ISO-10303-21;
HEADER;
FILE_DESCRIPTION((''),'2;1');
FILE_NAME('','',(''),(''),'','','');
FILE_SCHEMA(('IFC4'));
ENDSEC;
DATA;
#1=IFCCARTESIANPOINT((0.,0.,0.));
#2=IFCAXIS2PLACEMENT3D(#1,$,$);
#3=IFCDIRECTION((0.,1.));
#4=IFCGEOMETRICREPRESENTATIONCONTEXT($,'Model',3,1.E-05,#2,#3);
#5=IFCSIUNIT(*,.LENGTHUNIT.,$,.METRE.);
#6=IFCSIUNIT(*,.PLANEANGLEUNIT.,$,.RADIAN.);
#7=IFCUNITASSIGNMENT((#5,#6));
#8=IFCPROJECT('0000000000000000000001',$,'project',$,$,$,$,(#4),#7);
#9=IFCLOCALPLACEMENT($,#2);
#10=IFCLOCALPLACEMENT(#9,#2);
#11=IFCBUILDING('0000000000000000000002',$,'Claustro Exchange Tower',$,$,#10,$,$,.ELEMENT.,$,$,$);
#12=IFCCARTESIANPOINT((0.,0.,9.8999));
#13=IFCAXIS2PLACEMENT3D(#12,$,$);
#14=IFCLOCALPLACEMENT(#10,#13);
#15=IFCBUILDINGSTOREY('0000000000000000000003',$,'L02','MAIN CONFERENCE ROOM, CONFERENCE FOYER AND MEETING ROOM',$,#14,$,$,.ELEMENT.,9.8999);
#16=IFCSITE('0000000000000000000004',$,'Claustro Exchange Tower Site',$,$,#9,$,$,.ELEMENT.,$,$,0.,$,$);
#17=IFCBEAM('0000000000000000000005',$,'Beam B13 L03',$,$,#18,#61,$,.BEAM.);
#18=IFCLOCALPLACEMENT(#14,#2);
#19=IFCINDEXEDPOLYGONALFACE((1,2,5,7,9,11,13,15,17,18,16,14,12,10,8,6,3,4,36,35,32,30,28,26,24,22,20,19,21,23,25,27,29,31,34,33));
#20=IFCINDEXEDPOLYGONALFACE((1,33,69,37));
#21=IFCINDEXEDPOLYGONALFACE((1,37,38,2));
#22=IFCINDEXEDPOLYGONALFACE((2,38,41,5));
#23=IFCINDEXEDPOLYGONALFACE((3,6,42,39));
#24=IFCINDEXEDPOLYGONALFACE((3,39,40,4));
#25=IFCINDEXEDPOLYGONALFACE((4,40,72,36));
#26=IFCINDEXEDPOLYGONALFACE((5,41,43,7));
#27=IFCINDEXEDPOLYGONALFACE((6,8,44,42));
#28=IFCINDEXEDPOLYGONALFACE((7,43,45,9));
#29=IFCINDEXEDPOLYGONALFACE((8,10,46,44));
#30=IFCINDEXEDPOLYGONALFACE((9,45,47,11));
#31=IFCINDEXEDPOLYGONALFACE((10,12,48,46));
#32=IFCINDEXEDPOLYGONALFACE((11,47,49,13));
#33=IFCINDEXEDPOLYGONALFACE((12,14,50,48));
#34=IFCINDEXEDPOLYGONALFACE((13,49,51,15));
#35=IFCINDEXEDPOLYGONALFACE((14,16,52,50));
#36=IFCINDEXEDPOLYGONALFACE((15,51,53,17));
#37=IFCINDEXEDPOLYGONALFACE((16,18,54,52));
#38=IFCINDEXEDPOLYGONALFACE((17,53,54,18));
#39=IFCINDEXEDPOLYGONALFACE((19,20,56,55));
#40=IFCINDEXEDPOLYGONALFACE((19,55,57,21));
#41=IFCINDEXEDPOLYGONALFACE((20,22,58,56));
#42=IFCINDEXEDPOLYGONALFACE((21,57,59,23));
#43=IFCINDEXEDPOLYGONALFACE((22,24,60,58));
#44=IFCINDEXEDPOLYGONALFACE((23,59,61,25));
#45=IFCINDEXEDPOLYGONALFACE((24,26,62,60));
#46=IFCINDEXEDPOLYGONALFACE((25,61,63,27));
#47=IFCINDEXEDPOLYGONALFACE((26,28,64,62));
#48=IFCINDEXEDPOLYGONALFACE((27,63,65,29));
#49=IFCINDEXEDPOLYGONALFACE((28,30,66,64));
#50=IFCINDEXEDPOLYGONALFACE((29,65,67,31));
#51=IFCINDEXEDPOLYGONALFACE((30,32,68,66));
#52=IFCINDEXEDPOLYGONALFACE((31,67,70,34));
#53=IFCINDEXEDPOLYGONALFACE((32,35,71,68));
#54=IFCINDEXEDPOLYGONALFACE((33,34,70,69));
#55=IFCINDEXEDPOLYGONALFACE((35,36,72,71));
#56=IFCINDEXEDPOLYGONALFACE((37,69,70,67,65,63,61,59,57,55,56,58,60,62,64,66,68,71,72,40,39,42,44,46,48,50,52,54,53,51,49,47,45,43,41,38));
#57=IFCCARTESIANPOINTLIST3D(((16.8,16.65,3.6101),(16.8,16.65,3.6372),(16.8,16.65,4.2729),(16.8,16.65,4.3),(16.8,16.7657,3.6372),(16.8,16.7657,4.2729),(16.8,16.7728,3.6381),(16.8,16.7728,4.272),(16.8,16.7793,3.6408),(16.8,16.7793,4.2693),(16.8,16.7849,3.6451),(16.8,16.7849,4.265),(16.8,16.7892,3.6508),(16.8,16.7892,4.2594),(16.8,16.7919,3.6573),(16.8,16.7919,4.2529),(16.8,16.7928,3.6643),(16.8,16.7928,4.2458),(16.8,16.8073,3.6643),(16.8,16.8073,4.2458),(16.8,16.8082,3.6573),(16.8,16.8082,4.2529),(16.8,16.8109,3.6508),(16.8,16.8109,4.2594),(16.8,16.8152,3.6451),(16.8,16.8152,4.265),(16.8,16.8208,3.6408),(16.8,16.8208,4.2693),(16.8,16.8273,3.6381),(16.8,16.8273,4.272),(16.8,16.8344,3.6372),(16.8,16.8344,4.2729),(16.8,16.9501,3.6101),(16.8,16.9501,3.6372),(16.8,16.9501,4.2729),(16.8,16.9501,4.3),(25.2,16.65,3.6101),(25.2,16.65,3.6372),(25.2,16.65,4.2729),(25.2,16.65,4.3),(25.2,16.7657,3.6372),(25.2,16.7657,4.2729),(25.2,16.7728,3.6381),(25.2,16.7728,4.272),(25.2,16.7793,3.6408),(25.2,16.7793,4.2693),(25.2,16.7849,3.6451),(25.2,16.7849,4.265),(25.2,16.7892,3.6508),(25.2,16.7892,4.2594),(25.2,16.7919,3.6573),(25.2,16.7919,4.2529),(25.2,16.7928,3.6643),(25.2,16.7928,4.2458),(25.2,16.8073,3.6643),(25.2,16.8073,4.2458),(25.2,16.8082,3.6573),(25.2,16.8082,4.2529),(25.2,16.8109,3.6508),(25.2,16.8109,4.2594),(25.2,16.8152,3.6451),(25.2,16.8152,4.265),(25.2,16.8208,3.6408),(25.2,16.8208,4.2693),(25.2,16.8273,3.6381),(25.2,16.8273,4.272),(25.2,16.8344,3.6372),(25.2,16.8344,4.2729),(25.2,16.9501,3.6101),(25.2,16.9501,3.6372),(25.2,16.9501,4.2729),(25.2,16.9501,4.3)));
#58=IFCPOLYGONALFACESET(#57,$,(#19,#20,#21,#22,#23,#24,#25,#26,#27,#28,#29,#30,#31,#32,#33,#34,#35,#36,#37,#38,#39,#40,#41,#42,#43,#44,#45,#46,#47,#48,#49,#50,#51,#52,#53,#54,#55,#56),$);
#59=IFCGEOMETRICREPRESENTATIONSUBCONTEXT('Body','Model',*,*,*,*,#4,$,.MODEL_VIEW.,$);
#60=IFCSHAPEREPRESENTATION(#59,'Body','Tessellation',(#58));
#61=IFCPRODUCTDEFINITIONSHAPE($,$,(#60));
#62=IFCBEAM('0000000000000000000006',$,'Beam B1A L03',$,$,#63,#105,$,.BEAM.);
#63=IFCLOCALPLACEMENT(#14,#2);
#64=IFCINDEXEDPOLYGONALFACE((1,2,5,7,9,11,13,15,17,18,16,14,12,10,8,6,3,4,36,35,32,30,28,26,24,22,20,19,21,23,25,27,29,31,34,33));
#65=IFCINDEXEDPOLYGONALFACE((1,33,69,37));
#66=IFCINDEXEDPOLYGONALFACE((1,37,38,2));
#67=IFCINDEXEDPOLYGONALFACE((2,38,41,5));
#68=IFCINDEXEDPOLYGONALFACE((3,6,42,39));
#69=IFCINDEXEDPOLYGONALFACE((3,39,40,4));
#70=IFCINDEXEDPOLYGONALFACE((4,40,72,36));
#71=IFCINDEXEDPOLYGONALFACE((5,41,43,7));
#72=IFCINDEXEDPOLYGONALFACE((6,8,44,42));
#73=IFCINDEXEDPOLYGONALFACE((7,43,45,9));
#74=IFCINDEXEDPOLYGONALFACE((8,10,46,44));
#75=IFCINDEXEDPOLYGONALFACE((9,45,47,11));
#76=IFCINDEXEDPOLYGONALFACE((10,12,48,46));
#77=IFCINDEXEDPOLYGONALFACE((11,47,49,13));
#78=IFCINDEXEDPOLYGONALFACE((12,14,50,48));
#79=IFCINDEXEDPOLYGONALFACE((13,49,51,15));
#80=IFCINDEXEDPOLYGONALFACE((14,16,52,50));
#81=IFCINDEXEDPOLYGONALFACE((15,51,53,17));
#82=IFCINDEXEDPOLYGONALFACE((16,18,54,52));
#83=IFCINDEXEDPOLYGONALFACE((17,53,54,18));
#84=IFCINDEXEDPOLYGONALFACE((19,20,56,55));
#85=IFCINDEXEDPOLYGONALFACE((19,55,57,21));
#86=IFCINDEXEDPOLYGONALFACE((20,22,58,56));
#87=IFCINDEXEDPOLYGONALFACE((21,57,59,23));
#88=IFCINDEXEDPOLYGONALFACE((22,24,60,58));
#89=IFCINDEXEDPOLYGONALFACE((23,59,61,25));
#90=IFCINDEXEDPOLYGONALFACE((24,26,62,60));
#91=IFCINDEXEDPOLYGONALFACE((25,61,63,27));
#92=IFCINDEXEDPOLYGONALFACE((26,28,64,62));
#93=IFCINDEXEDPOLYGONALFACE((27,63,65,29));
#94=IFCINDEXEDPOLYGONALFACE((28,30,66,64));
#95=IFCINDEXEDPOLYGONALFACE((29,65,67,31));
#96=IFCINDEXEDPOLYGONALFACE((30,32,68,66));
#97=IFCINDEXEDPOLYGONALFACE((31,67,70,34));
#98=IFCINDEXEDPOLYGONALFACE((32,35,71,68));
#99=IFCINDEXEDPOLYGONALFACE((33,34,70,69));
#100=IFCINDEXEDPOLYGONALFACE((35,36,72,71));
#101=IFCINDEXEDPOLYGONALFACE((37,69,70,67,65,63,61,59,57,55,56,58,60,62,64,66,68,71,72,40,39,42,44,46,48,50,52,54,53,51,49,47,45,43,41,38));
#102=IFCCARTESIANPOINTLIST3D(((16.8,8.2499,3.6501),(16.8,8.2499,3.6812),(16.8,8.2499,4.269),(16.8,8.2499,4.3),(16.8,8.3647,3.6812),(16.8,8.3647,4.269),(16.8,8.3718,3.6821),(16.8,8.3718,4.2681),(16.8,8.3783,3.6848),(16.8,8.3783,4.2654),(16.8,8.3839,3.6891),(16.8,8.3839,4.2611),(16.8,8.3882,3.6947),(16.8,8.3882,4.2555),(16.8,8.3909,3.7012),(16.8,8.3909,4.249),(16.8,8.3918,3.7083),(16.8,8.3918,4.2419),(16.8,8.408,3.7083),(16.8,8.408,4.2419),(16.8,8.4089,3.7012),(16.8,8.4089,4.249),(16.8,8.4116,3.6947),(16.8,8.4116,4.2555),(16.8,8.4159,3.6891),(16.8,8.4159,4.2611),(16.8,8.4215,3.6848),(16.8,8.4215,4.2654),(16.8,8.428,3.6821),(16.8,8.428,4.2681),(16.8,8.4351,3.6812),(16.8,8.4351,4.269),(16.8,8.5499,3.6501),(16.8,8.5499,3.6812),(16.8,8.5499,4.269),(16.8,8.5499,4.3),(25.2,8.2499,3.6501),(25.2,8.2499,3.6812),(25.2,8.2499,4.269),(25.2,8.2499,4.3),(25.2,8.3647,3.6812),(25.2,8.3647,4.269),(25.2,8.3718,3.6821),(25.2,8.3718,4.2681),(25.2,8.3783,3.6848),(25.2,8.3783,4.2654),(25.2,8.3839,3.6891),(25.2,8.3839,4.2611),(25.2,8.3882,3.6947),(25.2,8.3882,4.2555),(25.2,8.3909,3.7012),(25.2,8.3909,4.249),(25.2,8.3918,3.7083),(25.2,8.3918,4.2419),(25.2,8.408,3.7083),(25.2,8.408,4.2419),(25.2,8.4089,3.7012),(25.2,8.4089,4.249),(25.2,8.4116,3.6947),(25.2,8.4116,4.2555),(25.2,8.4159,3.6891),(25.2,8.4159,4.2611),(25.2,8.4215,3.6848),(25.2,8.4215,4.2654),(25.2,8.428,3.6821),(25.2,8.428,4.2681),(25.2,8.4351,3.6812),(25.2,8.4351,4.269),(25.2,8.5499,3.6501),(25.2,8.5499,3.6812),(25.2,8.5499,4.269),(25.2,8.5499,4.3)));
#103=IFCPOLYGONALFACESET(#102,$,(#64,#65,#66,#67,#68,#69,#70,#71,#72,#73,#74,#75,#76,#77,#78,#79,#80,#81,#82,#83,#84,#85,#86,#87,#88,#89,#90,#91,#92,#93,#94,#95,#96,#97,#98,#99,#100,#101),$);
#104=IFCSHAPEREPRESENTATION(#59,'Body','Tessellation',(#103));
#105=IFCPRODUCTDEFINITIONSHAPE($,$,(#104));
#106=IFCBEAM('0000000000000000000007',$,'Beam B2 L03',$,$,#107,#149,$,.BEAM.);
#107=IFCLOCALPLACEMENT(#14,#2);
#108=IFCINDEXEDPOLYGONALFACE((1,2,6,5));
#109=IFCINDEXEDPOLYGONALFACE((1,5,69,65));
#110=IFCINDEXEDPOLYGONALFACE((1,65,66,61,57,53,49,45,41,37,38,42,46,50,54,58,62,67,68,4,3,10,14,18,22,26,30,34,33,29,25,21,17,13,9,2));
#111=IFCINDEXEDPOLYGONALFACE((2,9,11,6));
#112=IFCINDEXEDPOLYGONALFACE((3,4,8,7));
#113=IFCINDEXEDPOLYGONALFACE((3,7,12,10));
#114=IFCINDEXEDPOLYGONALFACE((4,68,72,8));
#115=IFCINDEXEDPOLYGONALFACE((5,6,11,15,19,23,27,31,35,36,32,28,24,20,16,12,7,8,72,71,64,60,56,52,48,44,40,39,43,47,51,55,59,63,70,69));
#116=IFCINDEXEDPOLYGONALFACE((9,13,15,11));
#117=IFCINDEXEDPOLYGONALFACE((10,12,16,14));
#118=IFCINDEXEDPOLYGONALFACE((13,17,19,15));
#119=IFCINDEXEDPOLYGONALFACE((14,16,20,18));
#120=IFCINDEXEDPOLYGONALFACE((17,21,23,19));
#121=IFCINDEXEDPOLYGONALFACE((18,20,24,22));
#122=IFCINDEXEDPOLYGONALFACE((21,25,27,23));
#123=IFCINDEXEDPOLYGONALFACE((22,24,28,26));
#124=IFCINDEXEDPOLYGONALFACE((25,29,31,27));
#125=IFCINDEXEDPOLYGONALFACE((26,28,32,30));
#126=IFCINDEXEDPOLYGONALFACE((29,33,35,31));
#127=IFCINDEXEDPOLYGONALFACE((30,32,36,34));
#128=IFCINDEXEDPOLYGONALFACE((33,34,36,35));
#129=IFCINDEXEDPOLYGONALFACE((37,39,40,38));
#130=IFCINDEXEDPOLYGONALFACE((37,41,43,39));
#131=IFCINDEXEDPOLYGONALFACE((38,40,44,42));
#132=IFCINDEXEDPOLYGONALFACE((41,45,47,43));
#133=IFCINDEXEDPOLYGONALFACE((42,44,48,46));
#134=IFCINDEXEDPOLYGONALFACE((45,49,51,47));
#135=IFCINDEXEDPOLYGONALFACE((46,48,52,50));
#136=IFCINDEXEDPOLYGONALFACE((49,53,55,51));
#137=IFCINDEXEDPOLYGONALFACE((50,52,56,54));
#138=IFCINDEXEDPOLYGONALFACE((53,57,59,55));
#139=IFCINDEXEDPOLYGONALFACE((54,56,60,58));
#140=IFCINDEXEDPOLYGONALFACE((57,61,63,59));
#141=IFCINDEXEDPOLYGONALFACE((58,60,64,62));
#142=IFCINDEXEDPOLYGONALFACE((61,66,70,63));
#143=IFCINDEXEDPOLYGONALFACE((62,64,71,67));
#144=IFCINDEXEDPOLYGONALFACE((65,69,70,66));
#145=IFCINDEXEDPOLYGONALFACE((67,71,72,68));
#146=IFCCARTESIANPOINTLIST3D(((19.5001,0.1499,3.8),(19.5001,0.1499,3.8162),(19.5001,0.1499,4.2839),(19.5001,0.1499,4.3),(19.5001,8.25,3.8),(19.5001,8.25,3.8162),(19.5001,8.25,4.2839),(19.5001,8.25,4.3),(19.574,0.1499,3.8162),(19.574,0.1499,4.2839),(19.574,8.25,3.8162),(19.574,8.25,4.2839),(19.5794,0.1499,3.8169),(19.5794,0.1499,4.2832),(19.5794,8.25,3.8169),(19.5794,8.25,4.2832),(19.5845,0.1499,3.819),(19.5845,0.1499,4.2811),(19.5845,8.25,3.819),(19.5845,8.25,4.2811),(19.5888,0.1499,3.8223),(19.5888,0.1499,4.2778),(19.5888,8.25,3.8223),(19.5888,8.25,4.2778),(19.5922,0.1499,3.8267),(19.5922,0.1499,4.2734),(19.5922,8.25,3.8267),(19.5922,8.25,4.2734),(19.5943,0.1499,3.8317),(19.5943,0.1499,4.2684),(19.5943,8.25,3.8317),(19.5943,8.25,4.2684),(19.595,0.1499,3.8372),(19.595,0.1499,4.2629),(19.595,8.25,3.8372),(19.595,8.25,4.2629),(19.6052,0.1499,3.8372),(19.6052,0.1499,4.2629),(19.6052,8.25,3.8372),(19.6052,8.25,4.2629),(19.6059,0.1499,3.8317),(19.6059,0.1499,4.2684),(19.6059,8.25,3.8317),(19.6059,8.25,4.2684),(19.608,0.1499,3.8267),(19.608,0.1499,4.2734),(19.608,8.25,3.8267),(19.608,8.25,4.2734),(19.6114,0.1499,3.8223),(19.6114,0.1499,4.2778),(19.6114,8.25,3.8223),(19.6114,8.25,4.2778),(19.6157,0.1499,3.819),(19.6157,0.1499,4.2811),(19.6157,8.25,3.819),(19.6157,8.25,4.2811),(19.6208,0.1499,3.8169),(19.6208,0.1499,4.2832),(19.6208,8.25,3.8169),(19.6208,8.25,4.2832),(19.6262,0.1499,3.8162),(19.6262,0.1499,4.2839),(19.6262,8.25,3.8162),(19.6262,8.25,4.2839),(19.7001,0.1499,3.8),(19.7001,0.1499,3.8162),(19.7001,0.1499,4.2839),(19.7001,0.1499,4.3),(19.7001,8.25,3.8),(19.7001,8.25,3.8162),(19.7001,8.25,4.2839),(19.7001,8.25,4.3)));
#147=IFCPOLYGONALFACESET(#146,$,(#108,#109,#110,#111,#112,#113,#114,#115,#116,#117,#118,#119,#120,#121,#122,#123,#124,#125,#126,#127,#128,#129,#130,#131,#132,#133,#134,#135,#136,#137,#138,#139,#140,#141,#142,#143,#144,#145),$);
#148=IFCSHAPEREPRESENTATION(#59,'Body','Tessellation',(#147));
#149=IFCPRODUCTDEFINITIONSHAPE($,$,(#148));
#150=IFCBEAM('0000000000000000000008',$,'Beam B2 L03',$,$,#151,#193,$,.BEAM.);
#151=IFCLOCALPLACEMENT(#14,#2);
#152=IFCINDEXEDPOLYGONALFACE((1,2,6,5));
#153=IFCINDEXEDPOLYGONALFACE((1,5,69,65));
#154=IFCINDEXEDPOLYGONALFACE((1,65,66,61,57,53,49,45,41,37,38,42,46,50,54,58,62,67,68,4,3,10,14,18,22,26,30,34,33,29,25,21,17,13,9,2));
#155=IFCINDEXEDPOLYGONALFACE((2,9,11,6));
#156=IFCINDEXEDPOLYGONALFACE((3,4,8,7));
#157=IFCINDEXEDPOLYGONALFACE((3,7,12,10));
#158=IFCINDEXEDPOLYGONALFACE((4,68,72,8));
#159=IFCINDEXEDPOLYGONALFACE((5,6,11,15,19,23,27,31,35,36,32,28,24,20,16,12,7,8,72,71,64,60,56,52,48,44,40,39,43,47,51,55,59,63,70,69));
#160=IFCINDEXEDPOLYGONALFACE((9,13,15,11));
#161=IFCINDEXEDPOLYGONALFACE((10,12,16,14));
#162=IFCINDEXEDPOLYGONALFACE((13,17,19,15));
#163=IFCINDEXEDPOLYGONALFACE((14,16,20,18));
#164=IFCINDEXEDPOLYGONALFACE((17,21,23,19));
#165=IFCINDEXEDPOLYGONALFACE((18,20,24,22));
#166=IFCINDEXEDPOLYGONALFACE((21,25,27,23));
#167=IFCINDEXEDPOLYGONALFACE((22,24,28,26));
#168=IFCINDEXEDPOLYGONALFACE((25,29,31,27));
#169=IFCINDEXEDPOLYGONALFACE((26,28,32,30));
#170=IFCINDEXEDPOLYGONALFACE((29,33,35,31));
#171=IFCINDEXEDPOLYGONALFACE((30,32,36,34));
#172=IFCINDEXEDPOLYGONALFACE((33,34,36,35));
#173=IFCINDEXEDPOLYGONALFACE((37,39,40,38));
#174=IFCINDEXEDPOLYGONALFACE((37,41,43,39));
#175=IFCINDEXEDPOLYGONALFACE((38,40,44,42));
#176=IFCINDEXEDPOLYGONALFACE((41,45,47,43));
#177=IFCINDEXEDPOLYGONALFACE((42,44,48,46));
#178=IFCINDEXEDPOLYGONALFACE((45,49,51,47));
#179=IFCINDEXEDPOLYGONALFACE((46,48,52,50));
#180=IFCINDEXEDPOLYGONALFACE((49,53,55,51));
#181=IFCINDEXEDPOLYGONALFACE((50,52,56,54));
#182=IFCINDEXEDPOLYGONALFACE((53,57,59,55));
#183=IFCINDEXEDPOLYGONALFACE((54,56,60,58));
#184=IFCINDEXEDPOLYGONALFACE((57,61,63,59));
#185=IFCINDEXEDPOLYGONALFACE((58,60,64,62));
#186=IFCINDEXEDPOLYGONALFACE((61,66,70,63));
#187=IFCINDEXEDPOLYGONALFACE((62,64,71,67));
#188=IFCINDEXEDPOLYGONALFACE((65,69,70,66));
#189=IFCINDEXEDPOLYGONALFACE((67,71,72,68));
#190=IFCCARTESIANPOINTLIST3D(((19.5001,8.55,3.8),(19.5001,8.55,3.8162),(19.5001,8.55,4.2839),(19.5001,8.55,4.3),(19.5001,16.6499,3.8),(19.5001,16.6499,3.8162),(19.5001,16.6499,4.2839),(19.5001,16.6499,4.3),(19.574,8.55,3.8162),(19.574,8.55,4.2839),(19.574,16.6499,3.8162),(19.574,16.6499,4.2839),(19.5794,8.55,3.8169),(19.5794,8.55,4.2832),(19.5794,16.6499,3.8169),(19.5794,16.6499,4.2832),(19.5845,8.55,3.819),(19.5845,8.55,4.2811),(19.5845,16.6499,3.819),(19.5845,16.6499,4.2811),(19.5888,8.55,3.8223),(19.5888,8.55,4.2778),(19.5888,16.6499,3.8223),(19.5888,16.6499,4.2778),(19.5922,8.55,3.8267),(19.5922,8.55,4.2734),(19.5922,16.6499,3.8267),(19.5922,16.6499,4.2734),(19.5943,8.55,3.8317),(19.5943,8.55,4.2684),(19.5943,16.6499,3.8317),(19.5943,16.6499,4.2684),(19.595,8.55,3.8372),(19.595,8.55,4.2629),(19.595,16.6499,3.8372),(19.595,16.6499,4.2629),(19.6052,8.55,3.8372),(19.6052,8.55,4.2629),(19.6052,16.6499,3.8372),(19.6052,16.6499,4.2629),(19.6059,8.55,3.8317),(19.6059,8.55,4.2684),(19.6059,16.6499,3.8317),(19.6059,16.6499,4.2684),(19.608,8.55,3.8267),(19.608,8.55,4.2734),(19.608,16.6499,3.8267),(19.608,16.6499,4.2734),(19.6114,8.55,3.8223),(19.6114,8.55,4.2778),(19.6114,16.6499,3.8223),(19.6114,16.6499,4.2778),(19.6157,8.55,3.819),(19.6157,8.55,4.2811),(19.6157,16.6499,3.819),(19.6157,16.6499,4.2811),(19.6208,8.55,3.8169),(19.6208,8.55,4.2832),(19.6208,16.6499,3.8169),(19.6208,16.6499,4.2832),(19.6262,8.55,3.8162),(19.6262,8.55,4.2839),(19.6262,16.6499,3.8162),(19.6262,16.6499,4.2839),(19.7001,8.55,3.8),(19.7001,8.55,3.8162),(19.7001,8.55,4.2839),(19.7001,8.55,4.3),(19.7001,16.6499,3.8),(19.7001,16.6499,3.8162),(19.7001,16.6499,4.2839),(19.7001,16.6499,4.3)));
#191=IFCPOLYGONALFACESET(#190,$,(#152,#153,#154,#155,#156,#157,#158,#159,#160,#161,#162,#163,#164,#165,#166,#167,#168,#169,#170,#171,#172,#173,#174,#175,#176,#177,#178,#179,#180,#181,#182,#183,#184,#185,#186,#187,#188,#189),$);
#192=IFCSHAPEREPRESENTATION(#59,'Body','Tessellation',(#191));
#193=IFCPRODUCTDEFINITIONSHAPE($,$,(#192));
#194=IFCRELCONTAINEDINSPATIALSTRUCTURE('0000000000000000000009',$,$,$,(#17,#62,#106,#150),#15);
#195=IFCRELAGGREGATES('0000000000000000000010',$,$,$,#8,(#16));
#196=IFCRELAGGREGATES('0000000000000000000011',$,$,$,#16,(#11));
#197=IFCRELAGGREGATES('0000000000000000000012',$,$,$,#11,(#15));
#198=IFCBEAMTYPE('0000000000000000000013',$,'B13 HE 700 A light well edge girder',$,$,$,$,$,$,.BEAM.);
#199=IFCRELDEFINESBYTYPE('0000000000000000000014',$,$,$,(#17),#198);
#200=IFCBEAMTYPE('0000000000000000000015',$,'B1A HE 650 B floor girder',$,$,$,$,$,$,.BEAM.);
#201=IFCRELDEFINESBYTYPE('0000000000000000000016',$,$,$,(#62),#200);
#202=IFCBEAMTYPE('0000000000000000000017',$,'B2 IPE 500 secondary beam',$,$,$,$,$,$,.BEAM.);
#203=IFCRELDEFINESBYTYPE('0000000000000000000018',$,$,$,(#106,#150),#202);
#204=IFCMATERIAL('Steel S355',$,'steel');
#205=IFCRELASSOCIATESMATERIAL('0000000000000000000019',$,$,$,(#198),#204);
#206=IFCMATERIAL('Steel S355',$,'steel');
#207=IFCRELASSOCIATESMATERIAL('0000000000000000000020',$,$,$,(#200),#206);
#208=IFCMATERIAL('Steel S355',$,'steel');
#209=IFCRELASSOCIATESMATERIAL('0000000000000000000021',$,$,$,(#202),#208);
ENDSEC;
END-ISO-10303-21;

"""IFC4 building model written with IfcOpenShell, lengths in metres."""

from ifc_helpers import new_model, si_unit, direction, frame, origin, origin_2d, place, context, subcontext, project, spatial, i_section, extrude, material, material_profile, profile_set, type_object, element, save


model = new_model("IFC4")

# Units and contexts
model_context = context("Model", 3, precision=1e-05, world=origin(), true_north=direction((0.0, 1.0)))
body_context = subcontext(model_context, "Body", "Model", "MODEL_VIEW")
ifc_project = project(units=[si_unit("LENGTHUNIT", "METRE"), si_unit("PLANEANGLEUNIT", "RADIAN")], contexts=[model_context])

# Site, building, storey
site_placement = place(None, origin())
site = spatial("IfcSite", under=ifc_project, at=site_placement, Name="Claustro Exchange Tower Site", CompositionType="ELEMENT", RefElevation=0.0)
building_placement = place(site_placement, origin())
building = spatial("IfcBuilding", under=site, at=building_placement, Name="Claustro Exchange Tower", CompositionType="ELEMENT")
storey_placement = place(building_placement, frame((0.0, 0.0, 9.8999)))
storey = spatial("IfcBuildingStorey", under=building, at=storey_placement, Name="L02", Description="MAIN CONFERENCE ROOM, CONFERENCE FOYER AND MEETING ROOM", CompositionType="ELEMENT", Elevation=9.8999)

# Beams
ifc_material_1 = material(Name="Steel S355", Category="steel")
ifc_material_profile_1 = material_profile(ifc_material_1, i_section(OverallWidth=0.3, OverallDepth=0.6899, WebThickness=0.0144, FlangeThickness=0.0271, FilletRadius=0.0271, at=origin_2d()), Name="HE 700 A")
ifc_profile_set_1 = profile_set([ifc_material_profile_1], Name="Steel S355")
beam_type_1 = type_object("IfcBeamType", Name="B13 HE 700 A light well edge girder", PredefinedType="BEAM", material=ifc_profile_set_1)
beam_1_placement = place(storey_placement, frame((16.8, 16.8, 3.9551), z_axis=(1.0, 0.0, 0.0), x_axis=(0.0, 1.0, 0.0)))
element("IfcBeam", 1, at=beam_1_placement, inside=storey, type_object=beam_type_1, Name="Beam B13 L03", PredefinedType="BEAM", context=body_context, shape_type="SweptSolid", body=[
    extrude(i_section(OverallWidth=0.3, OverallDepth=0.6899, WebThickness=0.0144, FlangeThickness=0.0271, FilletRadius=0.0271, at=origin_2d()), origin(), (0.0, 0.0, 1.0), 8.3999),
])
ifc_material_2 = material(Name="Steel S355", Category="steel")
ifc_material_profile_2 = material_profile(ifc_material_2, i_section(OverallWidth=0.3, OverallDepth=0.6499, WebThickness=0.0161, FlangeThickness=0.031, FilletRadius=0.0271, at=origin_2d()), Name="HE 650 B")
ifc_profile_set_2 = profile_set([ifc_material_profile_2], Name="Steel S355")
beam_type_2 = type_object("IfcBeamType", Name="B1A HE 650 B floor girder", PredefinedType="BEAM", material=ifc_profile_set_2)
beam_2_placement = place(storey_placement, frame((16.8, 8.3999, 3.9751), z_axis=(1.0, 0.0, 0.0), x_axis=(0.0, 1.0, 0.0)))
element("IfcBeam", 2, at=beam_2_placement, inside=storey, type_object=beam_type_2, Name="Beam B1A L03", PredefinedType="BEAM", context=body_context, shape_type="SweptSolid", body=[
    extrude(i_section(OverallWidth=0.3, OverallDepth=0.6499, WebThickness=0.0161, FlangeThickness=0.031, FilletRadius=0.0271, at=origin_2d()), origin(), (0.0, 0.0, 1.0), 8.3999),
])
ifc_material_3 = material(Name="Steel S355", Category="steel")
ifc_material_profile_3 = material_profile(ifc_material_3, i_section(OverallWidth=0.2, OverallDepth=0.5, WebThickness=0.0103, FlangeThickness=0.0161, FilletRadius=0.021, at=origin_2d()), Name="IPE 500")
ifc_profile_set_3 = profile_set([ifc_material_profile_3], Name="Steel S355")
beam_type_3 = type_object("IfcBeamType", Name="B2 IPE 500 secondary beam", PredefinedType="BEAM", material=ifc_profile_set_3)
beam_3_placement = place(storey_placement, frame((19.6001, 0.1499, 4.05), z_axis=(0.0, 1.0, 0.0), x_axis=(-1.0, 0.0, 0.0)))
element("IfcBeam", 3, at=beam_3_placement, inside=storey, type_object=beam_type_3, Name="Beam B2 L03", PredefinedType="BEAM", context=body_context, shape_type="SweptSolid", body=[
    extrude(i_section(OverallWidth=0.2, OverallDepth=0.5, WebThickness=0.0103, FlangeThickness=0.0161, FilletRadius=0.021, at=origin_2d()), origin(), (0.0, 0.0, 1.0), 8.1001),
])
beam_4_placement = place(storey_placement, frame((19.6001, 8.55, 4.05), z_axis=(0.0, 1.0, 0.0), x_axis=(-1.0, 0.0, 0.0)))
element("IfcBeam", 4, at=beam_4_placement, inside=storey, type_object=beam_type_3, Name="Beam B2 L03", PredefinedType="BEAM", context=body_context, shape_type="SweptSolid", body=[
    extrude(i_section(OverallWidth=0.2, OverallDepth=0.5, WebThickness=0.0103, FlangeThickness=0.0161, FilletRadius=0.021, at=origin_2d()), origin(), (0.0, 0.0, 1.0), 8.0999),
])

save(model, "model.ifc")
